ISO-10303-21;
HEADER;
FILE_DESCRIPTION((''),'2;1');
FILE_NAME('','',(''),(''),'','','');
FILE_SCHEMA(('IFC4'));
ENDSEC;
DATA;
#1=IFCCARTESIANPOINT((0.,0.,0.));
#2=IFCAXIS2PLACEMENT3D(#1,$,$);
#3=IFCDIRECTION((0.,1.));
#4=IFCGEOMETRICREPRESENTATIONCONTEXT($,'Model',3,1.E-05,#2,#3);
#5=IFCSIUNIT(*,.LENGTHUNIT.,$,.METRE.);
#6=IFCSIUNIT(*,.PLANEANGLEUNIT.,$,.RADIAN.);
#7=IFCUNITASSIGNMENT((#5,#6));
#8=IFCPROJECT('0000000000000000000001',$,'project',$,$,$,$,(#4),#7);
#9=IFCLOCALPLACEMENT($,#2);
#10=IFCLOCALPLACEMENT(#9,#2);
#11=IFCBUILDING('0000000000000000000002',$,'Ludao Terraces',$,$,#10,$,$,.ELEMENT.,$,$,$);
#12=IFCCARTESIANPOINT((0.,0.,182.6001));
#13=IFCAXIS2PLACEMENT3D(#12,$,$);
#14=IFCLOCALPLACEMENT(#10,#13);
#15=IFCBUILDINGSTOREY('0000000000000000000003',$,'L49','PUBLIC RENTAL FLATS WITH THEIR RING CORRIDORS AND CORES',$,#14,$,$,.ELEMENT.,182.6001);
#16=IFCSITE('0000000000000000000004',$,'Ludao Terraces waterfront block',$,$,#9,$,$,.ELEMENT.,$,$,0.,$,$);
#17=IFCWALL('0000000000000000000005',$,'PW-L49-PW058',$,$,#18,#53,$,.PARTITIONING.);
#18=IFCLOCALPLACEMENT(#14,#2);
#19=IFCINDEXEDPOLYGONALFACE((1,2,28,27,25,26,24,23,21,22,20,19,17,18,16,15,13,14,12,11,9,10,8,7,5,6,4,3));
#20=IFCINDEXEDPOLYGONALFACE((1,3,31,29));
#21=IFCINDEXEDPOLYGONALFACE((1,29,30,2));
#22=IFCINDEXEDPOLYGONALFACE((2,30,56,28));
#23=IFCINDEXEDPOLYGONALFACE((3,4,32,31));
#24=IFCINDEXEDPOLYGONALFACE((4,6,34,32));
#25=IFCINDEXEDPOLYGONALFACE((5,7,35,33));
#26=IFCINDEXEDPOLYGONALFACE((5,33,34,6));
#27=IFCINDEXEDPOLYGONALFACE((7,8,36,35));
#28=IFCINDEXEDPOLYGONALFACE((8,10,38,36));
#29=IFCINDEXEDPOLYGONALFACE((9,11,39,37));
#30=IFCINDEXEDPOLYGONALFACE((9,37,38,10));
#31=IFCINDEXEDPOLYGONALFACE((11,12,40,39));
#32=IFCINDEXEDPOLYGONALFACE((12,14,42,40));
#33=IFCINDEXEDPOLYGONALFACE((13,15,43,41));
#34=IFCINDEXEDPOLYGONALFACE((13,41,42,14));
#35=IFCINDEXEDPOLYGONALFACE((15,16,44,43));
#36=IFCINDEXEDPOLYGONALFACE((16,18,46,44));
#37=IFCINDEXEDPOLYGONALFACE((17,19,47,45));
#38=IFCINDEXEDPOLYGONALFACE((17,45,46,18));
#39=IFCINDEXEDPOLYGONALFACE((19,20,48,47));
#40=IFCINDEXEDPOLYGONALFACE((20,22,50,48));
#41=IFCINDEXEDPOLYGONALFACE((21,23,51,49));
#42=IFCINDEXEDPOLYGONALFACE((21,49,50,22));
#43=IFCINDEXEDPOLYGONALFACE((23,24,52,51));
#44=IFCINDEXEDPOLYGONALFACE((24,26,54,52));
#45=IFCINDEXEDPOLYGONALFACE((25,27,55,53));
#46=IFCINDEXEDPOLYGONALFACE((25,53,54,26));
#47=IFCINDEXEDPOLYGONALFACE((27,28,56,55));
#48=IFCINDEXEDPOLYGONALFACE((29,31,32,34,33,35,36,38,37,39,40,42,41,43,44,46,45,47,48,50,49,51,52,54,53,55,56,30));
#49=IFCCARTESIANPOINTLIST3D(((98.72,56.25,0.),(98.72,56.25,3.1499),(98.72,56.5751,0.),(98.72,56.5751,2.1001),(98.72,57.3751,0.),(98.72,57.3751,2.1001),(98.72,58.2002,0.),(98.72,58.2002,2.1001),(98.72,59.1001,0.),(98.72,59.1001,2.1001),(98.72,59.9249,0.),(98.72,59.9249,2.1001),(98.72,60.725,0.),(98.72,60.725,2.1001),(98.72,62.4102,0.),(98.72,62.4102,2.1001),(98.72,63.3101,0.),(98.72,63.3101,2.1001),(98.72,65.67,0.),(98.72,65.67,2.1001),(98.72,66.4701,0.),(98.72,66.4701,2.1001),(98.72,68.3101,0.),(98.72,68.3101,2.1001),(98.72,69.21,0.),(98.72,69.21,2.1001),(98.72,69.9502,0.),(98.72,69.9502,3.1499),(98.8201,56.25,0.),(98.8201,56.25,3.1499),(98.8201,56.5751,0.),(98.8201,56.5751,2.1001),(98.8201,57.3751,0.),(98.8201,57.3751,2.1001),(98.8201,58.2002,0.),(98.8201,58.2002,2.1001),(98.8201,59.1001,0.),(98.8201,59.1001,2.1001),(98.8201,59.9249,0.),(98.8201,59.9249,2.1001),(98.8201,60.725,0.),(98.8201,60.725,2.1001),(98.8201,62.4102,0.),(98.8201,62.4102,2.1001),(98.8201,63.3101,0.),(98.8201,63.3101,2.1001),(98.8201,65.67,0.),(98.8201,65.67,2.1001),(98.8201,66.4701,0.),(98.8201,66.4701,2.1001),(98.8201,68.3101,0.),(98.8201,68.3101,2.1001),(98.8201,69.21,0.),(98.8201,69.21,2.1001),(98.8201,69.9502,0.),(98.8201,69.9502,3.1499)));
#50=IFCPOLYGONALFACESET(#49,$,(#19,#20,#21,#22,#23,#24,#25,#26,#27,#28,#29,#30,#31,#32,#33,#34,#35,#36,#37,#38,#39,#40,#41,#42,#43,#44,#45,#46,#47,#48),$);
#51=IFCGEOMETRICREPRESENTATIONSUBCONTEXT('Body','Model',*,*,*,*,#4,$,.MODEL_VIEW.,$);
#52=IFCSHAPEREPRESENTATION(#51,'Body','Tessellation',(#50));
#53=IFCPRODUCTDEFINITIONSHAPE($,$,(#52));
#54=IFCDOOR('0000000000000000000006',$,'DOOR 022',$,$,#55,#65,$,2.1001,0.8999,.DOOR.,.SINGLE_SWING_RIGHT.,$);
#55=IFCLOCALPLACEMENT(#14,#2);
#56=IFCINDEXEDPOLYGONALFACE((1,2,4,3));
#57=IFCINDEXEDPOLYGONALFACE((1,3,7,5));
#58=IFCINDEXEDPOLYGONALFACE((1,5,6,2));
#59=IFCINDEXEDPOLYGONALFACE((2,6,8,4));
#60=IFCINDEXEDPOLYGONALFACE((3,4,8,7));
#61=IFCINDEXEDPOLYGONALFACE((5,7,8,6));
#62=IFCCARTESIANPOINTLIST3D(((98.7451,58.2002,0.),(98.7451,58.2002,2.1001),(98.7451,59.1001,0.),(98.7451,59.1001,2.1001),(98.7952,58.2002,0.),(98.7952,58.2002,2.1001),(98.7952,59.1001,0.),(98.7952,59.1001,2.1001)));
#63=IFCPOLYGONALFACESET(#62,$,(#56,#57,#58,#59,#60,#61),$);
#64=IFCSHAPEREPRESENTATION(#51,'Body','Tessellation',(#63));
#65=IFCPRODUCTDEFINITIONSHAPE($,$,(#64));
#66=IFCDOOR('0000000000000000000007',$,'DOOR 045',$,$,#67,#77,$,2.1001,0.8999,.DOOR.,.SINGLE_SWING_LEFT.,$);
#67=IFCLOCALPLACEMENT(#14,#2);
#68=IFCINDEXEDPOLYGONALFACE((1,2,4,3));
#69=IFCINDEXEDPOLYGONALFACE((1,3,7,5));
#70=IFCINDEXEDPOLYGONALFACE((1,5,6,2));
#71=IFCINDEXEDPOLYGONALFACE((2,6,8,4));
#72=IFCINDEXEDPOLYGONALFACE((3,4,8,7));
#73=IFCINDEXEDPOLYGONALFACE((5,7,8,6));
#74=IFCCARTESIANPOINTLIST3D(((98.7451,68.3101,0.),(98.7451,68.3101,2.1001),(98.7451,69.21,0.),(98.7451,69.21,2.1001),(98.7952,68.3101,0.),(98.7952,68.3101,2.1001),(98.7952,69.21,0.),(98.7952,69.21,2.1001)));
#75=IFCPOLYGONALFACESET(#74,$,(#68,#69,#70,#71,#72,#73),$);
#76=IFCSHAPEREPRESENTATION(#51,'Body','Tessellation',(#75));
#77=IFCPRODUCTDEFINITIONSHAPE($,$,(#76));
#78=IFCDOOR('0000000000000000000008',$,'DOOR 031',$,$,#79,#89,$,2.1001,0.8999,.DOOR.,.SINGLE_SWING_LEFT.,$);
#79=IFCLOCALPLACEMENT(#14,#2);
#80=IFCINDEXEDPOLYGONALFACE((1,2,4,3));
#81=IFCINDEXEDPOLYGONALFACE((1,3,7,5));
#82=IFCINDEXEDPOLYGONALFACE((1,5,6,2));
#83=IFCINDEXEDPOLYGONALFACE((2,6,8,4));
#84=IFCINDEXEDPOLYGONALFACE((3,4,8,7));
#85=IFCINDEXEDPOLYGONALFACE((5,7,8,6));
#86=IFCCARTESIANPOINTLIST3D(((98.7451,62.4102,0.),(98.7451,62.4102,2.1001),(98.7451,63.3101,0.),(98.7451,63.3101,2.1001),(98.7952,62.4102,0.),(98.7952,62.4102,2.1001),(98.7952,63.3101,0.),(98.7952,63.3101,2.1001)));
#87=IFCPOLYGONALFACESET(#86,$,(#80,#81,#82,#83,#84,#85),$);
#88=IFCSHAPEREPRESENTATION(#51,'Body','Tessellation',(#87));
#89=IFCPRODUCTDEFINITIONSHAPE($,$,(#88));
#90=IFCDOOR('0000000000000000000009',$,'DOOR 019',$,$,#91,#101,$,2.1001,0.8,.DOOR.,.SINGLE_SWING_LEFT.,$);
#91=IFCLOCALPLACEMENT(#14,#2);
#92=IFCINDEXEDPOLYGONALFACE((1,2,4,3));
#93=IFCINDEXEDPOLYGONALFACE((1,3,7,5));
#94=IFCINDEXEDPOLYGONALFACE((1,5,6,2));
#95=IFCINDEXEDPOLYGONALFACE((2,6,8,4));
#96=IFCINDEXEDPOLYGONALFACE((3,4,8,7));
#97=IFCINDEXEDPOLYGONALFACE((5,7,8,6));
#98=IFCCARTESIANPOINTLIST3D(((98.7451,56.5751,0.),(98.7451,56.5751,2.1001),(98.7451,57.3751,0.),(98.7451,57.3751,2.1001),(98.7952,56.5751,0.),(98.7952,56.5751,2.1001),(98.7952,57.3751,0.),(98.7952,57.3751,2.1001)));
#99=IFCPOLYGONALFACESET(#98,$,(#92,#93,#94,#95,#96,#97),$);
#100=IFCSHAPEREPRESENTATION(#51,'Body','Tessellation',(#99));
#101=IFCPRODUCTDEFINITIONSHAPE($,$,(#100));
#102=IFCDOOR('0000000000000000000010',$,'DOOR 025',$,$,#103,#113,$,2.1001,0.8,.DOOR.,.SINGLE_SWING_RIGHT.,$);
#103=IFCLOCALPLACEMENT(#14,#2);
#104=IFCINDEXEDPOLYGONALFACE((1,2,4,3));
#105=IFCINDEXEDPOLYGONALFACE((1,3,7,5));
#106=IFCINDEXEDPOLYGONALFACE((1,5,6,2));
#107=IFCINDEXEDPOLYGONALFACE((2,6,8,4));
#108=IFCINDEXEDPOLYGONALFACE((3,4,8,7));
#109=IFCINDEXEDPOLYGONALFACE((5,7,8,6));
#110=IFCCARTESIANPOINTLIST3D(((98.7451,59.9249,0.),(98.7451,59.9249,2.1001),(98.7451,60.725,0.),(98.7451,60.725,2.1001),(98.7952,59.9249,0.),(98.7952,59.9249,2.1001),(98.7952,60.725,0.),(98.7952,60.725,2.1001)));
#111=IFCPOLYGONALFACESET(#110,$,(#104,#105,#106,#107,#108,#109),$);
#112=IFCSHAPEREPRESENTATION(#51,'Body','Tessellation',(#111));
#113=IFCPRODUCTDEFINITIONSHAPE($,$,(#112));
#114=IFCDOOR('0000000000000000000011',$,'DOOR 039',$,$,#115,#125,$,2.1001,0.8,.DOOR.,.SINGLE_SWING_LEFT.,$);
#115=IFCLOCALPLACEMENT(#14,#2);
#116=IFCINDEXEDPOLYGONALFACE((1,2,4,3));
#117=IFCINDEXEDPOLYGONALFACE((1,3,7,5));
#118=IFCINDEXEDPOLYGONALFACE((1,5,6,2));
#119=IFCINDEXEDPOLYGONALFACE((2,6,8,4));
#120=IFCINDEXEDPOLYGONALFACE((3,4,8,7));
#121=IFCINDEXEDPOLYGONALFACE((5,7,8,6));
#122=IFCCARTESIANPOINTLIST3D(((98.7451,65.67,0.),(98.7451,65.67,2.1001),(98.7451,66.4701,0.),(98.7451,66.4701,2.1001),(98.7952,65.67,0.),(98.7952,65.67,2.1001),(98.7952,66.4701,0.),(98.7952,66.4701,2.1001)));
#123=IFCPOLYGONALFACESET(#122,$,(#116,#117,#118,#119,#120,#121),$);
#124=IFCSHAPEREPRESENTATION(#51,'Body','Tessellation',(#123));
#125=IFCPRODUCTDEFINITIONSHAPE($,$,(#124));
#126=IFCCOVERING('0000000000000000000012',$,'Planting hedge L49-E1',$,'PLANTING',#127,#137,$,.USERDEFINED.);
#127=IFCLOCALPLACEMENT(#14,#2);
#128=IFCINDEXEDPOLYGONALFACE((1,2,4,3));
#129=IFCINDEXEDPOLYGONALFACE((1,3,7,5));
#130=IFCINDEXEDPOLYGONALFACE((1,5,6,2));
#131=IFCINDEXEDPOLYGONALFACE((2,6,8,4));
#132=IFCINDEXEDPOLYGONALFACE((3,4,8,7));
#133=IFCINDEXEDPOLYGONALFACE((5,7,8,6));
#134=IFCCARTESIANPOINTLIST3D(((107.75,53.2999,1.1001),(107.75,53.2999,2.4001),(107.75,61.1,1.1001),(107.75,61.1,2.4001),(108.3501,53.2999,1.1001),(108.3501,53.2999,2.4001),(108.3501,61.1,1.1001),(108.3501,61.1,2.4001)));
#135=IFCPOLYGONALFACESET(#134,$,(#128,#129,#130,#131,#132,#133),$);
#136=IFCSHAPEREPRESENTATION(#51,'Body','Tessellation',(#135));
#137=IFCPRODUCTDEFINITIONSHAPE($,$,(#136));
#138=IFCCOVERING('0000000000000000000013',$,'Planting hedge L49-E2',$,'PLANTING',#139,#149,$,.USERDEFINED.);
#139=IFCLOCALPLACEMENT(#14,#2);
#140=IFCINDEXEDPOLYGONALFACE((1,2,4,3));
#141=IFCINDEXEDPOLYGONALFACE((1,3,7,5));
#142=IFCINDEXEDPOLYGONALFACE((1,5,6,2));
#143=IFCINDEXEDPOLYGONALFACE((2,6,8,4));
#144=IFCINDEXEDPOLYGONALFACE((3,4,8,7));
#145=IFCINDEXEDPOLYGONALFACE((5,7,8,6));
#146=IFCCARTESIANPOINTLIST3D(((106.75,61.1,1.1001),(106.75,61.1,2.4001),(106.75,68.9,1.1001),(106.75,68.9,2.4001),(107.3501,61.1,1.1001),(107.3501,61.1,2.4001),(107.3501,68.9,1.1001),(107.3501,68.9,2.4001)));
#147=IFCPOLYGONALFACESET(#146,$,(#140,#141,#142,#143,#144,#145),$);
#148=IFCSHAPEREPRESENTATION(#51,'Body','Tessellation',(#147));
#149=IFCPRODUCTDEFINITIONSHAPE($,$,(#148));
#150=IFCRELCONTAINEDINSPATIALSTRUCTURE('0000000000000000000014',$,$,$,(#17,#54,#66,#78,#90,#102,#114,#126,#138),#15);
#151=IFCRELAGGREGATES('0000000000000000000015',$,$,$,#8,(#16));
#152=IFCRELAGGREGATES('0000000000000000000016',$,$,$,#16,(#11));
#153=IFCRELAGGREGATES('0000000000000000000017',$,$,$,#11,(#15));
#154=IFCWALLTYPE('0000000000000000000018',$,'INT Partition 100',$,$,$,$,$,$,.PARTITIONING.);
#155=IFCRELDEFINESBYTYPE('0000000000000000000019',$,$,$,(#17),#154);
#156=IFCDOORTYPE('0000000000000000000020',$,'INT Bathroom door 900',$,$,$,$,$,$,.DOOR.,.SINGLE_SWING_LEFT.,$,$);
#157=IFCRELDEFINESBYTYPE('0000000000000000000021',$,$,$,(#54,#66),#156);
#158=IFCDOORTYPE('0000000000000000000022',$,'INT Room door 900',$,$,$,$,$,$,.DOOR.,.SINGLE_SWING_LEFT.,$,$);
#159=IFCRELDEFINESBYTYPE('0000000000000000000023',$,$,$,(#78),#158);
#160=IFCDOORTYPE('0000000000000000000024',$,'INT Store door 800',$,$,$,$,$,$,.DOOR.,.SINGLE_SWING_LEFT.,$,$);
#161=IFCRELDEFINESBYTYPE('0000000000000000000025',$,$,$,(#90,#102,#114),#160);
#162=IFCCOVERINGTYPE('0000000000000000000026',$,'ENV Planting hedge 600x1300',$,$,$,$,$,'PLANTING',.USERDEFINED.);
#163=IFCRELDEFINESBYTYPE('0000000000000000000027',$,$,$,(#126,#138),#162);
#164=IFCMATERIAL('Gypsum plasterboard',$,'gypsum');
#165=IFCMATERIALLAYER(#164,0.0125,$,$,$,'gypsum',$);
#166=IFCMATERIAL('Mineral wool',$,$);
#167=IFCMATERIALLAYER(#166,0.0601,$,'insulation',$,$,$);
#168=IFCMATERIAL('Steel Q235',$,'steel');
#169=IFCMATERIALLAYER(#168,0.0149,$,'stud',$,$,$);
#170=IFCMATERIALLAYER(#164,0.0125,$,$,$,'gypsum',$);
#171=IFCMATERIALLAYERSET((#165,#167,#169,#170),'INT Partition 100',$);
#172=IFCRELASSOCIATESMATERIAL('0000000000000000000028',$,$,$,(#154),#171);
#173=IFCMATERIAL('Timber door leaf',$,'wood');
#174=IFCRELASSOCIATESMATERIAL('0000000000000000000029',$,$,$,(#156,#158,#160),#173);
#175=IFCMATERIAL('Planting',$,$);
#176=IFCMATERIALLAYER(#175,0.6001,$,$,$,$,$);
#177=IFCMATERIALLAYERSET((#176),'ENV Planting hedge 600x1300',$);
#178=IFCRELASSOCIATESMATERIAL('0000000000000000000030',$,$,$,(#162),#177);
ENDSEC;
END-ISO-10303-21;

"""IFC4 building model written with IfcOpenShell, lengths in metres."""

from ifc_helpers import new_model, si_unit, direction, frame, frame_2d, origin, origin_2d, place, context, subcontext, project, spatial, rectangle, extrude, material, layer, layer_set, type_object, element, fill, save


model = new_model("IFC4")

# Units and contexts
model_context = context("Model", 3, precision=1e-05, world=origin(), true_north=direction((0.0, 1.0)))
body_context = subcontext(model_context, "Body", "Model", "MODEL_VIEW")
ifc_project = project(units=[si_unit("LENGTHUNIT", "METRE"), si_unit("PLANEANGLEUNIT", "RADIAN")], contexts=[model_context])

# Site, building, storey
site_placement = place(None, origin())
site = spatial("IfcSite", under=ifc_project, at=site_placement, Name="Ludao Terraces waterfront block", CompositionType="ELEMENT", RefElevation=0.0)
building_placement = place(site_placement, origin())
building = spatial("IfcBuilding", under=site, at=building_placement, Name="Ludao Terraces", CompositionType="ELEMENT")
storey_placement = place(building_placement, frame((0.0, 0.0, 182.6001)))
storey = spatial("IfcBuildingStorey", under=building, at=storey_placement, Name="L49", Description="PUBLIC RENTAL FLATS WITH THEIR RING CORRIDORS AND CORES", CompositionType="ELEMENT", Elevation=182.6001)

# Shared definitions
ifc_material_1 = material(Name="Mineral wool")

# Shared definitions
ifc_material_2 = material(Name="Gypsum plasterboard", Category="gypsum")
ifc_layer_1 = layer(ifc_material_2, 0.0125, Category="gypsum")
ifc_layer_2 = layer(ifc_material_1, 0.0601, Name="insulation")
ifc_material_3 = material(Name="Steel Q235", Category="steel")
ifc_layer_3 = layer(ifc_material_3, 0.0149, Name="stud")
ifc_layer_4 = layer(ifc_material_2, 0.0125, Category="gypsum")
ifc_layer_set_1 = layer_set([ifc_layer_1, ifc_layer_2, ifc_layer_3, ifc_layer_4], Name="INT Partition 100")
wall_type_1 = type_object("IfcWallType", Name="INT Partition 100", PredefinedType="PARTITIONING", material=ifc_layer_set_1)

# Wall, openings, doors
wall_1_placement = place(storey_placement, frame((98.77, 56.25, 0.0), z_axis=(0.0, 0.0, 1.0), x_axis=(0.0, 1.0, 0.0)))
wall_1 = element("IfcWall", 1, at=wall_1_placement, inside=storey, type_object=wall_type_1, Name="PW-L49-PW058", PredefinedType="PARTITIONING", context=body_context, shape_type="SweptSolid", body=[
    extrude(rectangle(XDim=13.7002, YDim=0.1001, at=frame_2d((6.8501, 0.0))), origin(), (0.0, 0.0, 1.0), 3.1499),
])
opening_1_placement = place(wall_1_placement, frame((0.3252, 0.0, 0.0)))
opening_1 = element("IfcOpeningElement", 2, at=opening_1_placement, cuts=wall_1, PredefinedType="OPENING", context=body_context, shape_type="SweptSolid", body=[
    extrude(rectangle(XDim=0.8, YDim=2.1001, at=frame_2d((0.3999, 1.05))), frame((0.0, 0.0601, 0.0), z_axis=(0.0, -1.0, 0.0), x_axis=(1.0, 0.0, 0.0)), (0.0, 0.0, 1.0), 0.1201),
])
opening_2_placement = place(wall_1_placement, frame((1.9502, 0.0, 0.0)))
opening_2 = element("IfcOpeningElement", 3, at=opening_2_placement, cuts=wall_1, PredefinedType="OPENING", context=body_context, shape_type="SweptSolid", body=[
    extrude(rectangle(XDim=0.8999, YDim=2.1001, at=frame_2d((0.45, 1.05))), frame((0.0, 0.0601, 0.0), z_axis=(0.0, -1.0, 0.0), x_axis=(1.0, 0.0, 0.0)), (0.0, 0.0, 1.0), 0.1201),
])
opening_3_placement = place(wall_1_placement, frame((3.675, 0.0, 0.0)))
opening_3 = element("IfcOpeningElement", 4, at=opening_3_placement, cuts=wall_1, PredefinedType="OPENING", context=body_context, shape_type="SweptSolid", body=[
    extrude(rectangle(XDim=0.8, YDim=2.1001, at=frame_2d((0.3999, 1.05))), frame((0.0, 0.0601, 0.0), z_axis=(0.0, -1.0, 0.0), x_axis=(1.0, 0.0, 0.0)), (0.0, 0.0, 1.0), 0.1201),
])
opening_4_placement = place(wall_1_placement, frame((6.1602, 0.0, 0.0)))
opening_4 = element("IfcOpeningElement", 5, at=opening_4_placement, cuts=wall_1, PredefinedType="OPENING", context=body_context, shape_type="SweptSolid", body=[
    extrude(rectangle(XDim=0.8999, YDim=2.1001, at=frame_2d((0.45, 1.05))), frame((0.0, 0.0601, 0.0), z_axis=(0.0, -1.0, 0.0), x_axis=(1.0, 0.0, 0.0)), (0.0, 0.0, 1.0), 0.1201),
])
opening_5_placement = place(wall_1_placement, frame((9.4202, 0.0, 0.0)))
opening_5 = element("IfcOpeningElement", 6, at=opening_5_placement, cuts=wall_1, PredefinedType="OPENING", context=body_context, shape_type="SweptSolid", body=[
    extrude(rectangle(XDim=0.8, YDim=2.1001, at=frame_2d((0.3999, 1.05))), frame((0.0, 0.0601, 0.0), z_axis=(0.0, -1.0, 0.0), x_axis=(1.0, 0.0, 0.0)), (0.0, 0.0, 1.0), 0.1201),
])
opening_6_placement = place(wall_1_placement, frame((12.0601, 0.0, 0.0)))
opening_6 = element("IfcOpeningElement", 7, at=opening_6_placement, cuts=wall_1, PredefinedType="OPENING", context=body_context, shape_type="SweptSolid", body=[
    extrude(rectangle(XDim=0.8999, YDim=2.1001, at=frame_2d((0.45, 1.05))), frame((0.0, 0.0601, 0.0), z_axis=(0.0, -1.0, 0.0), x_axis=(1.0, 0.0, 0.0)), (0.0, 0.0, 1.0), 0.1201),
])
ifc_material_4 = material(Name="Timber door leaf", Category="wood")
door_type_1 = type_object("IfcDoorType", Name="INT Bathroom door 900", OperationType="SINGLE_SWING_LEFT", PredefinedType="DOOR", material=ifc_material_4)
door_1_placement = place(opening_2_placement, origin())
door_1 = element("IfcDoor", 8, at=door_1_placement, inside=storey, type_object=door_type_1, Name="DOOR 022", OperationType="SINGLE_SWING_RIGHT", OverallHeight=2.1001, OverallWidth=0.8999, PredefinedType="DOOR", context=body_context, shape_type="SweptSolid", body=[
    extrude(rectangle(XDim=0.8999, YDim=2.1001, at=frame_2d((0.45, 1.05))), frame((0.0, 0.0249, 0.0), z_axis=(0.0, -1.0, 0.0), x_axis=(1.0, 0.0, 0.0)), (0.0, 0.0, 1.0), 0.05),
])
fill(opening_2, door_1)
door_2_placement = place(opening_6_placement, origin())
door_2 = element("IfcDoor", 9, at=door_2_placement, inside=storey, type_object=door_type_1, Name="DOOR 045", OperationType="SINGLE_SWING_LEFT", OverallHeight=2.1001, OverallWidth=0.8999, PredefinedType="DOOR", context=body_context, shape_type="SweptSolid", body=[
    extrude(rectangle(XDim=0.8999, YDim=2.1001, at=frame_2d((0.45, 1.05))), frame((0.0, 0.0249, 0.0), z_axis=(0.0, -1.0, 0.0), x_axis=(1.0, 0.0, 0.0)), (0.0, 0.0, 1.0), 0.05),
])
fill(opening_6, door_2)
door_type_2 = type_object("IfcDoorType", Name="INT Room door 900", OperationType="SINGLE_SWING_LEFT", PredefinedType="DOOR", material=ifc_material_4)
door_3_placement = place(opening_4_placement, origin())
door_3 = element("IfcDoor", 10, at=door_3_placement, inside=storey, type_object=door_type_2, Name="DOOR 031", OperationType="SINGLE_SWING_LEFT", OverallHeight=2.1001, OverallWidth=0.8999, PredefinedType="DOOR", context=body_context, shape_type="SweptSolid", body=[
    extrude(rectangle(XDim=0.8999, YDim=2.1001, at=frame_2d((0.45, 1.05))), frame((0.0, 0.0249, 0.0), z_axis=(0.0, -1.0, 0.0), x_axis=(1.0, 0.0, 0.0)), (0.0, 0.0, 1.0), 0.05),
])
fill(opening_4, door_3)
door_type_3 = type_object("IfcDoorType", Name="INT Store door 800", OperationType="SINGLE_SWING_LEFT", PredefinedType="DOOR", material=ifc_material_4)
door_4_placement = place(opening_1_placement, origin())
door_4 = element("IfcDoor", 11, at=door_4_placement, inside=storey, type_object=door_type_3, Name="DOOR 019", OperationType="SINGLE_SWING_LEFT", OverallHeight=2.1001, OverallWidth=0.8, PredefinedType="DOOR", context=body_context, shape_type="SweptSolid", body=[
    extrude(rectangle(XDim=0.8, YDim=2.1001, at=frame_2d((0.3999, 1.05))), frame((0.0, 0.0249, 0.0), z_axis=(0.0, -1.0, 0.0), x_axis=(1.0, 0.0, 0.0)), (0.0, 0.0, 1.0), 0.05),
])
fill(opening_1, door_4)
door_5_placement = place(opening_3_placement, origin())
door_5 = element("IfcDoor", 12, at=door_5_placement, inside=storey, type_object=door_type_3, Name="DOOR 025", OperationType="SINGLE_SWING_RIGHT", OverallHeight=2.1001, OverallWidth=0.8, PredefinedType="DOOR", context=body_context, shape_type="SweptSolid", body=[
    extrude(rectangle(XDim=0.8, YDim=2.1001, at=frame_2d((0.3999, 1.05))), frame((0.0, 0.0249, 0.0), z_axis=(0.0, -1.0, 0.0), x_axis=(1.0, 0.0, 0.0)), (0.0, 0.0, 1.0), 0.05),
])
fill(opening_3, door_5)
door_6_placement = place(opening_5_placement, origin())
door_6 = element("IfcDoor", 13, at=door_6_placement, inside=storey, type_object=door_type_3, Name="DOOR 039", OperationType="SINGLE_SWING_LEFT", OverallHeight=2.1001, OverallWidth=0.8, PredefinedType="DOOR", context=body_context, shape_type="SweptSolid", body=[
    extrude(rectangle(XDim=0.8, YDim=2.1001, at=frame_2d((0.3999, 1.05))), frame((0.0, 0.0249, 0.0), z_axis=(0.0, -1.0, 0.0), x_axis=(1.0, 0.0, 0.0)), (0.0, 0.0, 1.0), 0.05),
])
fill(opening_5, door_6)

# Coverings
ifc_material_5 = material(Name="Planting")
ifc_layer_5 = layer(ifc_material_5, 0.6001)
ifc_layer_set_2 = layer_set([ifc_layer_5], Name="ENV Planting hedge 600x1300")
covering_type = type_object("IfcCoveringType", Name="ENV Planting hedge 600x1300", ElementType="PLANTING", PredefinedType="USERDEFINED", material=ifc_layer_set_2)
for number, where, z_axis, x_axis, name in (
    (14, (108.05, 57.2, 1.1001), (0.0, 0.0, 1.0), (1.0, 0.0, 0.0), "Planting hedge L49-E1"),
    (15, (107.05, 65.0, 1.1001), (0.0, 0.0, 1.0), (1.0, 0.0, 0.0), "Planting hedge L49-E2"),
):
    element("IfcCovering", number, at=place(storey_placement, frame(where, z_axis=z_axis, x_axis=x_axis)), inside=storey, type_object=covering_type, Name=name, ObjectType="PLANTING", PredefinedType="USERDEFINED", context=body_context, shape_type="SweptSolid", body=[
        extrude(rectangle(XDim=0.6001, YDim=7.8, at=origin_2d()), origin(), (0.0, 0.0, 1.0), 1.3),
    ])

save(model, "model.ifc")
